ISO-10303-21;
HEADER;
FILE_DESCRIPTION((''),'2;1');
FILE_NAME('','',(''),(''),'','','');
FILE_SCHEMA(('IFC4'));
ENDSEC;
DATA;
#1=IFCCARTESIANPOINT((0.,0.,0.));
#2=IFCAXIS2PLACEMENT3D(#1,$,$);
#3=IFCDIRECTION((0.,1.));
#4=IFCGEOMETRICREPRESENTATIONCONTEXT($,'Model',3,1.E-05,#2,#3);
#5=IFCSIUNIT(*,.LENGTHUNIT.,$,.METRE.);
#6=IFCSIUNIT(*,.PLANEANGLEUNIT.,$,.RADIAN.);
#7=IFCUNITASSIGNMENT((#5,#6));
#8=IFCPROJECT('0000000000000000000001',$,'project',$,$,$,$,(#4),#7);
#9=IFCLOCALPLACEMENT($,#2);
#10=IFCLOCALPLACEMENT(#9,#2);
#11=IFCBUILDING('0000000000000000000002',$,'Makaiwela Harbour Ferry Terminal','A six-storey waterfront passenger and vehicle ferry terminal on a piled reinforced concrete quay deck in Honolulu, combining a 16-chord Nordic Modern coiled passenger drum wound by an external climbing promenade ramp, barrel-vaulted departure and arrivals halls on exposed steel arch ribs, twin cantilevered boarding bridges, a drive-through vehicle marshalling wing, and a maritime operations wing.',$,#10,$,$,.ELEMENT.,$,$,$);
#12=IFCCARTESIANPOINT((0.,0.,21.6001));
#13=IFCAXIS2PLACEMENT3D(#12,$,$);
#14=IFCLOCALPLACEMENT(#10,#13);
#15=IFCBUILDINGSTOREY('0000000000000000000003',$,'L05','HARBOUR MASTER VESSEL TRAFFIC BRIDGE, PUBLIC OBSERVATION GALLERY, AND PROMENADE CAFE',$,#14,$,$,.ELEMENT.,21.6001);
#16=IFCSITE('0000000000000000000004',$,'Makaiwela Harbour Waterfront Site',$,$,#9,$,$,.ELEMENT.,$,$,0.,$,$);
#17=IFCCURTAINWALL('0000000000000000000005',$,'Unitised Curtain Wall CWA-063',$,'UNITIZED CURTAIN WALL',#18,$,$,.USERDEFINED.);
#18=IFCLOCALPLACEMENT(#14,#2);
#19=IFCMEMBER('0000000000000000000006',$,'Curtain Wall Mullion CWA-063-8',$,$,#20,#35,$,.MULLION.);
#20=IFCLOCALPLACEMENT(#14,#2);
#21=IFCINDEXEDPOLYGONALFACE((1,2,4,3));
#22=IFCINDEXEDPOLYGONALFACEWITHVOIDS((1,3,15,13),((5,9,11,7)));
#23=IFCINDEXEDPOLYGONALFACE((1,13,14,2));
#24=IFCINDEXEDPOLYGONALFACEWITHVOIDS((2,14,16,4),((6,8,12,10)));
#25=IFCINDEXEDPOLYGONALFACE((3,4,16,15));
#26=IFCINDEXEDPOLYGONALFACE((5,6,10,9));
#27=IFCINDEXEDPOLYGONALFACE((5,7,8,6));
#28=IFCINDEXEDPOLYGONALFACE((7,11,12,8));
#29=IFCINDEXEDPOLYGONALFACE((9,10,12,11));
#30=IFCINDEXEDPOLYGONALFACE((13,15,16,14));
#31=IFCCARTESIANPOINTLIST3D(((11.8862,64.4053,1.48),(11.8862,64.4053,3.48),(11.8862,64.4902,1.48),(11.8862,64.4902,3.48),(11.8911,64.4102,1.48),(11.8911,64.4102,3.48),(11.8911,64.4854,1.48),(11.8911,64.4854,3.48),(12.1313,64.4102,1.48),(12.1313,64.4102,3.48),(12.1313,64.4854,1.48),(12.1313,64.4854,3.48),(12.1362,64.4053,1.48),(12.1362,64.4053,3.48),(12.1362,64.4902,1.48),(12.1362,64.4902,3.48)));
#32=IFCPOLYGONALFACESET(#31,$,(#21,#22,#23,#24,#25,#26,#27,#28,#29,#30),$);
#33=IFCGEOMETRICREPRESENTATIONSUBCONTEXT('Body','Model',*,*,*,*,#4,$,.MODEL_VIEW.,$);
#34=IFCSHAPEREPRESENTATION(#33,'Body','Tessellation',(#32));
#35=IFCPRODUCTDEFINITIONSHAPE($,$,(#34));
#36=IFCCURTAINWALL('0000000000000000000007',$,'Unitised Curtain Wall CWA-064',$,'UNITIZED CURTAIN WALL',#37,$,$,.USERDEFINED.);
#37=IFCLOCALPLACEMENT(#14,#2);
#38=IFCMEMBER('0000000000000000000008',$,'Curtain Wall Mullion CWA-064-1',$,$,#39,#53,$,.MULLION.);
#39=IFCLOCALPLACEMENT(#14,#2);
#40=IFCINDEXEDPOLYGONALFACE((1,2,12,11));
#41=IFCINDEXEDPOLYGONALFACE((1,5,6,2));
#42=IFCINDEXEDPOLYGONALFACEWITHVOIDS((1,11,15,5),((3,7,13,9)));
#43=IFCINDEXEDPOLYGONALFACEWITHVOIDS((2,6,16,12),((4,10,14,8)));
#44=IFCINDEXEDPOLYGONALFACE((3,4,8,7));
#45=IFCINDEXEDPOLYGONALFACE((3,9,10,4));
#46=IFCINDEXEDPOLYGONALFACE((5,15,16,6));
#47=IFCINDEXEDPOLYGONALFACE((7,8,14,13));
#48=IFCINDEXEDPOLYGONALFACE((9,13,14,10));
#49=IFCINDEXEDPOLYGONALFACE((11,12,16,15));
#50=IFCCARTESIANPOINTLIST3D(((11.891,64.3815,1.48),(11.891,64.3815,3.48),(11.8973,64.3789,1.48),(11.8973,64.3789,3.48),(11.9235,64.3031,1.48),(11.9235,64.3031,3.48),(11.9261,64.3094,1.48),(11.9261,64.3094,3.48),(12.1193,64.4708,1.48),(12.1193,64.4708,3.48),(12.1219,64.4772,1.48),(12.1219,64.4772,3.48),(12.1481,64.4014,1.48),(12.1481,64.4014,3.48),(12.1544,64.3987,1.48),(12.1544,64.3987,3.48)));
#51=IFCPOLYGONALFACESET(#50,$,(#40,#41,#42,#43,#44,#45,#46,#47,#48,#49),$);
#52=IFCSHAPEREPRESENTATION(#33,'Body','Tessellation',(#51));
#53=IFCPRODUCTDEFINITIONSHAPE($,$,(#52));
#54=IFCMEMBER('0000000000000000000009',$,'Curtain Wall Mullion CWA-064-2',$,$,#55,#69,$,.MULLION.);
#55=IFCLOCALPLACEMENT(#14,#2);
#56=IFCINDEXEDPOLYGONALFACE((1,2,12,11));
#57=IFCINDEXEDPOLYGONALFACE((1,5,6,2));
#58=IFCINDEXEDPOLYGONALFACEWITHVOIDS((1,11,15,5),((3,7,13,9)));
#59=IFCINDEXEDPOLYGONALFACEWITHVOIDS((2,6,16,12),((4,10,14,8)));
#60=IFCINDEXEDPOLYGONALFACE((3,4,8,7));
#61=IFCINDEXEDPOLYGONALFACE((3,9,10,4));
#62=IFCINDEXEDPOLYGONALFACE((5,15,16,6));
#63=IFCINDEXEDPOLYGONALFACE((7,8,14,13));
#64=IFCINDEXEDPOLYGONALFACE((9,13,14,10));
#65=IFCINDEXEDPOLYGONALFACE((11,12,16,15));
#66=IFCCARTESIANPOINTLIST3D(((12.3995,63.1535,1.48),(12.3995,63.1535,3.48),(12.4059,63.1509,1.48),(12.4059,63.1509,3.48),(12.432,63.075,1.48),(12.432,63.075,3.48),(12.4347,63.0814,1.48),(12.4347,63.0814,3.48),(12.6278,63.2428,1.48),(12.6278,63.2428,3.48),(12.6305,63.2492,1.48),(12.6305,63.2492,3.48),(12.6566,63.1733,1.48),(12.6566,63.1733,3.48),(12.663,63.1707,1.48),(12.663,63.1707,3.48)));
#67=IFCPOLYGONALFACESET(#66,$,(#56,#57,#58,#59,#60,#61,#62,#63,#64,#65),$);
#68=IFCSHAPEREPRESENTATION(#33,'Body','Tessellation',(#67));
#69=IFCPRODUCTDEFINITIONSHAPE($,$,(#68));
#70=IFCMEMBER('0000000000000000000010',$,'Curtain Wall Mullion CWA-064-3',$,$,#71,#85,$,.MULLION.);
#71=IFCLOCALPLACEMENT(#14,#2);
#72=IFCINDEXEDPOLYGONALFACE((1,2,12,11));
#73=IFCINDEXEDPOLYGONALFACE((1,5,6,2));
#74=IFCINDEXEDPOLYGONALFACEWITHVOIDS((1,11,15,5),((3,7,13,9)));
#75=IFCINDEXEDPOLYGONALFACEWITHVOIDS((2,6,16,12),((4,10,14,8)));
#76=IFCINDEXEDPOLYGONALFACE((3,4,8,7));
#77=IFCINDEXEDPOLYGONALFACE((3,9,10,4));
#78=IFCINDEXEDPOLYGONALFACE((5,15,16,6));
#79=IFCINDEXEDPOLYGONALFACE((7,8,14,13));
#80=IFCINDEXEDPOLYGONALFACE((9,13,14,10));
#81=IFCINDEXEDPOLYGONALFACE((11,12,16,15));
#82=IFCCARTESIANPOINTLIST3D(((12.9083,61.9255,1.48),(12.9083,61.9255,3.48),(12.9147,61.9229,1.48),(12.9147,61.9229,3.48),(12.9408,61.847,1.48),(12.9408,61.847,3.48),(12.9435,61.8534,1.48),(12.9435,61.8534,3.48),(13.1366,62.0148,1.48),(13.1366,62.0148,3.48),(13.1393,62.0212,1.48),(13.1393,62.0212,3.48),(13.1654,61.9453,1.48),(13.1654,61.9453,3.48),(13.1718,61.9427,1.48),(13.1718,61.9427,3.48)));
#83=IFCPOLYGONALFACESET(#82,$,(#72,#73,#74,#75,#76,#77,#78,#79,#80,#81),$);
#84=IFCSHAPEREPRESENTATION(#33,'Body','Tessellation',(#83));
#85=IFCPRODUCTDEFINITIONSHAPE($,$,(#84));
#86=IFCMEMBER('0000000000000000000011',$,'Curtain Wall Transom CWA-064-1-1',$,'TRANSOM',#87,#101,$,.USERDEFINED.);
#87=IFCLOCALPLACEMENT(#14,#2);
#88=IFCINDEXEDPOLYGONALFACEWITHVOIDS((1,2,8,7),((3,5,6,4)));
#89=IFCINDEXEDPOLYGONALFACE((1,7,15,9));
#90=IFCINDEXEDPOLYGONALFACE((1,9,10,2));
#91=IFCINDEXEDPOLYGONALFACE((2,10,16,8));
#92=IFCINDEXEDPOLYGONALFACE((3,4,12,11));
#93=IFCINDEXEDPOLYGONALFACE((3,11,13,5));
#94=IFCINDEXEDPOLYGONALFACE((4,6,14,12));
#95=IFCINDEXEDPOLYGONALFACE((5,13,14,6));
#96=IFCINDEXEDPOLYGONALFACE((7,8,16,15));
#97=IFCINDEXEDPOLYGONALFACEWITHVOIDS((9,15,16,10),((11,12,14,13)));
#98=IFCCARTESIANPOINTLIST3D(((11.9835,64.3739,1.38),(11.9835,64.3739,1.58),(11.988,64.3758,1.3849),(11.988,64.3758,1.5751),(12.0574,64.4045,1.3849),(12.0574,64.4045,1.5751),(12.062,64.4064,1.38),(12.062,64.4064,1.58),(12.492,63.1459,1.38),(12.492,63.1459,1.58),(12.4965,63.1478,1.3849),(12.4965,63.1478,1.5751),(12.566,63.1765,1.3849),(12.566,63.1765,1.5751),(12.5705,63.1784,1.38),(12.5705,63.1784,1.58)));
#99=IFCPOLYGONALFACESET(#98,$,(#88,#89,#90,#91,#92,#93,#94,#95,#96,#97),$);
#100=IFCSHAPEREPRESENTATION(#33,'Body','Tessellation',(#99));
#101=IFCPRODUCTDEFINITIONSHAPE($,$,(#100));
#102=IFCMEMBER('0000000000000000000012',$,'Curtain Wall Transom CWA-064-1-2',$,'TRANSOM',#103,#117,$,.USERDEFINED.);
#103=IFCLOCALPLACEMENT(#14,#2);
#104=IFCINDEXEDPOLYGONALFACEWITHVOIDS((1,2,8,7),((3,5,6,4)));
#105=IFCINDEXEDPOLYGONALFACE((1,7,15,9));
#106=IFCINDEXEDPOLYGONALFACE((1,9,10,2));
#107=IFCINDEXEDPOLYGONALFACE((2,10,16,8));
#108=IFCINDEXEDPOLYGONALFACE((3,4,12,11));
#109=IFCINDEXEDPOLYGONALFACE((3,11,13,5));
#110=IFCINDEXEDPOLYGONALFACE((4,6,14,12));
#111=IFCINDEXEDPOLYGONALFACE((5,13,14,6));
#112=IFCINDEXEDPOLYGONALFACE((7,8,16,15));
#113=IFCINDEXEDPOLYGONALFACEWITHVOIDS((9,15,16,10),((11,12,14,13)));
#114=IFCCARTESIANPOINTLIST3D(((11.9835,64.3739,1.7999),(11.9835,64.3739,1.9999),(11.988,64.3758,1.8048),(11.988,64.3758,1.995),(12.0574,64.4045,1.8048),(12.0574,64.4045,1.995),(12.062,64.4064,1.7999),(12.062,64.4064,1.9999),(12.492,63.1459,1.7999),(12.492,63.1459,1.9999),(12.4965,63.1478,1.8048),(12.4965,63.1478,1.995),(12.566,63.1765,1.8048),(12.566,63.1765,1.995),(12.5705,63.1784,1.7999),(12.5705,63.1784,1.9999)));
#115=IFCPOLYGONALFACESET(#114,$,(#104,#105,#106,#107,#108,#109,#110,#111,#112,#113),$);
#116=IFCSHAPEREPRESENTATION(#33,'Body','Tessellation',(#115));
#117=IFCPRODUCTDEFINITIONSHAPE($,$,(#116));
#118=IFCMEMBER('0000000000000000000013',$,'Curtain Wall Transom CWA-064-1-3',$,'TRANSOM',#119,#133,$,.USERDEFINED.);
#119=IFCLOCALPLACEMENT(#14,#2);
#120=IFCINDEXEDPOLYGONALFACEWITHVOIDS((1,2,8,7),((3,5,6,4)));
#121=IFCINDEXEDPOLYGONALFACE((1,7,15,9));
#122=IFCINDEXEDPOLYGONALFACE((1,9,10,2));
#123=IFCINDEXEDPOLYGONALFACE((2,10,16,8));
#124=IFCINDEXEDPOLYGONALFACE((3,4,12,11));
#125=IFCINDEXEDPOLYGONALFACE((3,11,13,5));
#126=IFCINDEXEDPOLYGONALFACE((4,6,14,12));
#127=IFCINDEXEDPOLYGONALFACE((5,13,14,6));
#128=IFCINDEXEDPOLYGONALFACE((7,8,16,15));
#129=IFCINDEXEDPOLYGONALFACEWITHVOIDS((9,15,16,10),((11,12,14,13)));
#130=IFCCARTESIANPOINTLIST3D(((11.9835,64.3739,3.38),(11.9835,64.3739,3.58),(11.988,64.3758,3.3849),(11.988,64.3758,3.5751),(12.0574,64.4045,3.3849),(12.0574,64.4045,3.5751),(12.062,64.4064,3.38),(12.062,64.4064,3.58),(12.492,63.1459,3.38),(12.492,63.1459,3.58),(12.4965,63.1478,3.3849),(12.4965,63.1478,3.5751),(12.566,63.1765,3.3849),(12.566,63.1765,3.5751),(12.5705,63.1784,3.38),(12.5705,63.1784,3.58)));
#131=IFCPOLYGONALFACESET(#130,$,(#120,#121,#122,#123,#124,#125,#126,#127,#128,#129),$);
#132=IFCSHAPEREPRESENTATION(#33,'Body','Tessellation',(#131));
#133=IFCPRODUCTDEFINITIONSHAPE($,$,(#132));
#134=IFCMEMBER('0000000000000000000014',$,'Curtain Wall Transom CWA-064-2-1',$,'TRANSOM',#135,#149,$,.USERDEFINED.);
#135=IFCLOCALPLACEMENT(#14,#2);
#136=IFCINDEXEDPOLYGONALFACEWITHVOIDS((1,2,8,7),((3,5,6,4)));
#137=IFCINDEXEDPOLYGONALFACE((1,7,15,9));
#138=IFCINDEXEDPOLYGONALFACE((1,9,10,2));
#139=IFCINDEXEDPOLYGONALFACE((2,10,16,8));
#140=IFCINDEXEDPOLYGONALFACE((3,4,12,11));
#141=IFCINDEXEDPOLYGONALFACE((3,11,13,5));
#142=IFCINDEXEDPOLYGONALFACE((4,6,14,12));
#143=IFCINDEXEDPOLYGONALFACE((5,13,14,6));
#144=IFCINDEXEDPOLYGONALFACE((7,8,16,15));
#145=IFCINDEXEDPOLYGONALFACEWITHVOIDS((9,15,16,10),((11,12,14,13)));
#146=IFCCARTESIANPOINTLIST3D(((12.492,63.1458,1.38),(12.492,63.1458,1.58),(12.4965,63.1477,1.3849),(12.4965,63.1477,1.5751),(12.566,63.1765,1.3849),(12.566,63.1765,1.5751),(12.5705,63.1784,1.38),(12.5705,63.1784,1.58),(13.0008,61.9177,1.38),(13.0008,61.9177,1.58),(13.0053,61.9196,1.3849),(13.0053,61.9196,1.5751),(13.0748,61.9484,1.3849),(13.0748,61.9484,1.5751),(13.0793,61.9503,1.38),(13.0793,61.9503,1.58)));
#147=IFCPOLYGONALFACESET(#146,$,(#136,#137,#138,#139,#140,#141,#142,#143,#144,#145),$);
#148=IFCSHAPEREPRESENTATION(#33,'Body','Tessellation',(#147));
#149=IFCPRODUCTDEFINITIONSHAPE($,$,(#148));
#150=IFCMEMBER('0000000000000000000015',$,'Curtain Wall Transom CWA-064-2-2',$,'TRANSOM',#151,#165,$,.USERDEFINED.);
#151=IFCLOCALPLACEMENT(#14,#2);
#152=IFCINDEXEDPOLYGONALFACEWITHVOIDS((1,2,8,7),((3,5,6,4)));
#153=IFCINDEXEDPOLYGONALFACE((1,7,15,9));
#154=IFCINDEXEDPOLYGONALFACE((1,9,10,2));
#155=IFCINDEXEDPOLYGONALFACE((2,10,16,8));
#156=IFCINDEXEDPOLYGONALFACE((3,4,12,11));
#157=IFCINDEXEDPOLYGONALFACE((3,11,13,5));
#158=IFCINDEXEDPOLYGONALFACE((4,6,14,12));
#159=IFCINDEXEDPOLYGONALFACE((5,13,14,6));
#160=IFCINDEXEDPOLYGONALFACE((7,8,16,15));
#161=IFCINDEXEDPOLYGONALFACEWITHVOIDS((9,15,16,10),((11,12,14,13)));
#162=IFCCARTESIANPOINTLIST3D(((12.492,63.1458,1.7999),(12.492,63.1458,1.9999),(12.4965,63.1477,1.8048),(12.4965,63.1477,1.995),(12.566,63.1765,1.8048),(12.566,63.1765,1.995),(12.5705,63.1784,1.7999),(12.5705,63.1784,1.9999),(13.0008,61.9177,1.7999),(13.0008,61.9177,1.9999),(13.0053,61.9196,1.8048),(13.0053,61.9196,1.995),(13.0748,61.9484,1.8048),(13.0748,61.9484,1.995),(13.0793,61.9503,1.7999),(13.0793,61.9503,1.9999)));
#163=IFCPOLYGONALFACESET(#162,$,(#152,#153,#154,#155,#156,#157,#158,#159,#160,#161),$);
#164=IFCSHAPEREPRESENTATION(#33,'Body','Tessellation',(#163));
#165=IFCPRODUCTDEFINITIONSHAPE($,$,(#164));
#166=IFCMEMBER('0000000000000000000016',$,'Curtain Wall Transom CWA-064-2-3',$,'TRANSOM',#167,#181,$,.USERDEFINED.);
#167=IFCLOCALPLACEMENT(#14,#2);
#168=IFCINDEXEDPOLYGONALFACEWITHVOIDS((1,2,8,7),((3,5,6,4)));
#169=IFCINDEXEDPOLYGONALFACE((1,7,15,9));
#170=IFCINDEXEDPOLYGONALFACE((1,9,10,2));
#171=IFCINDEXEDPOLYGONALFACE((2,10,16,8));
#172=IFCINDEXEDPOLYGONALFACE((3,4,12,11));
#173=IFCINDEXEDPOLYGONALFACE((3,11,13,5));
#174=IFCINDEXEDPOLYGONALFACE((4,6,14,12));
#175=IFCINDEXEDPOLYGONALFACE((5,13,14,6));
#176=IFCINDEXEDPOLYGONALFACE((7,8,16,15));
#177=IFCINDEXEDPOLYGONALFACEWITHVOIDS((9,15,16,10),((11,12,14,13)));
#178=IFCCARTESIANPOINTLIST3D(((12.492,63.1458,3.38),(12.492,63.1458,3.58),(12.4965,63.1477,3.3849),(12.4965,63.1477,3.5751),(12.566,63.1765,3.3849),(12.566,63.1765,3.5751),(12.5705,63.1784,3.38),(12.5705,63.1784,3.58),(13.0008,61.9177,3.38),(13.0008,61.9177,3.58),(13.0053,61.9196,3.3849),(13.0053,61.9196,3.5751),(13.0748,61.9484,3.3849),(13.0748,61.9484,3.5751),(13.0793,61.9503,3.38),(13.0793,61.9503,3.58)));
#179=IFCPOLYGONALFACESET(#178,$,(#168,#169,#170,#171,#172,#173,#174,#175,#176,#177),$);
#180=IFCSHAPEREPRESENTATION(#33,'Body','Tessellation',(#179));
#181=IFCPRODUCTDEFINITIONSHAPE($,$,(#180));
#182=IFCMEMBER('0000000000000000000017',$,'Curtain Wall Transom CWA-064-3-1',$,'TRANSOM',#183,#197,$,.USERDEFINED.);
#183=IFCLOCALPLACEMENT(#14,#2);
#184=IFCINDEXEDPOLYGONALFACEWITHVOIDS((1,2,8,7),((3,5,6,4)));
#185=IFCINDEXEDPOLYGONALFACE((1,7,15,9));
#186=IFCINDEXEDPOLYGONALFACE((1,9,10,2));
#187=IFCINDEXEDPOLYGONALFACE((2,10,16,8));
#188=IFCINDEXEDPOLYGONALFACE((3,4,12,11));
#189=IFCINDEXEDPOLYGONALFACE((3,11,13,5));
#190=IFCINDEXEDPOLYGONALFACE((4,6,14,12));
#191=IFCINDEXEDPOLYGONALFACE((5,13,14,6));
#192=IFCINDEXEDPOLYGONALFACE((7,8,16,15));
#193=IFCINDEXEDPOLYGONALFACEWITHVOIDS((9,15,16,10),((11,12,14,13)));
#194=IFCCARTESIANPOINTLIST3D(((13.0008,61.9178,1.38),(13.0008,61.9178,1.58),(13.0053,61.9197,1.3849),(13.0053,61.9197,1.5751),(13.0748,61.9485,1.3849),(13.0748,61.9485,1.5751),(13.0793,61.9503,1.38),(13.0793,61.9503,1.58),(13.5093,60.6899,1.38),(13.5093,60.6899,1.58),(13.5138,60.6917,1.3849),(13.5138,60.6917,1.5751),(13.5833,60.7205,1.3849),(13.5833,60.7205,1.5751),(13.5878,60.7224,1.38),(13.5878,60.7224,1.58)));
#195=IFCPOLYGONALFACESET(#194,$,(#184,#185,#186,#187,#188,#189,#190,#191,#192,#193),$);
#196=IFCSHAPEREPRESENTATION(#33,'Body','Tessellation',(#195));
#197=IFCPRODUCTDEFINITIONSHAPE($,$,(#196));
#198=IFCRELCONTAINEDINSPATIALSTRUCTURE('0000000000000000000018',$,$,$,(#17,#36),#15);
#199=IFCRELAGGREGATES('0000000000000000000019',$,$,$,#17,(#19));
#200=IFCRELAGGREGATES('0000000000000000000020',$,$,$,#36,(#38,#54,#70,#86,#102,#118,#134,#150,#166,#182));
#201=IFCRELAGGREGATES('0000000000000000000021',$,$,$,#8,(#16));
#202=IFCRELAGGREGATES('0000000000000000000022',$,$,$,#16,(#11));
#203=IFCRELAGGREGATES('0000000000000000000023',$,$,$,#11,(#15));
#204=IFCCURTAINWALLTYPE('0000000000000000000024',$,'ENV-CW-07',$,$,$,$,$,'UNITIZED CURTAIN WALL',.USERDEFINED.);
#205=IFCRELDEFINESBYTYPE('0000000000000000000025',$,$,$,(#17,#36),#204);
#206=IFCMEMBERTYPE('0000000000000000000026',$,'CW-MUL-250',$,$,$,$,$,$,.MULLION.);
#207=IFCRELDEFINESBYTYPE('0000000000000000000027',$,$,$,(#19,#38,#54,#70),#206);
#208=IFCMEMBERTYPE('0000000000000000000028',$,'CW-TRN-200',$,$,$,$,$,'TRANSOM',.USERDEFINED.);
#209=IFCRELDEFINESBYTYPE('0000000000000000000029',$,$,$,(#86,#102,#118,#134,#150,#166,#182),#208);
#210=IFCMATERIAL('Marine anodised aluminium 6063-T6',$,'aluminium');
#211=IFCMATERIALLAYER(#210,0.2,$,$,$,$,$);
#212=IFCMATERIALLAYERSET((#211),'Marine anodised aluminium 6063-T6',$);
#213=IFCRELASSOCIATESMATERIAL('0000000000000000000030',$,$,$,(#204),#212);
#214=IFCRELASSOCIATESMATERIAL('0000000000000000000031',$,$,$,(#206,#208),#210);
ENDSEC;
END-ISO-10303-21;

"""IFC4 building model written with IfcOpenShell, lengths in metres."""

from ifc_helpers import new_model, si_unit, direction, frame, origin, origin_2d, place, context, subcontext, project, spatial, hollow_rectangle, extrude, material, layer, layer_set, material_profile, profile_set, type_object, element, aggregate, save


model = new_model("IFC4")

# Units and contexts
model_context = context("Model", 3, precision=1e-05, world=origin(), true_north=direction((0.0, 1.0)))
body_context = subcontext(model_context, "Body", "Model", "MODEL_VIEW")
ifc_project = project(units=[si_unit("LENGTHUNIT", "METRE"), si_unit("PLANEANGLEUNIT", "RADIAN")], contexts=[model_context])

# Site, building, storey
site_placement = place(None, origin())
site = spatial("IfcSite", under=ifc_project, at=site_placement, Name="Makaiwela Harbour Waterfront Site", CompositionType="ELEMENT", RefElevation=0.0)
building_placement = place(site_placement, origin())
building = spatial("IfcBuilding", under=site, at=building_placement, Name="Makaiwela Harbour Ferry Terminal", Description="A six-storey waterfront passenger and vehicle ferry terminal on a piled reinforced concrete quay deck in Honolulu, combining a 16-chord Nordic Modern coiled passenger drum wound by an external climbing promenade ramp, barrel-vaulted departure and arrivals halls on exposed steel arch ribs, twin cantilevered boarding bridges, a drive-through vehicle marshalling wing, and a maritime operations wing.", CompositionType="ELEMENT")
storey_placement = place(building_placement, frame((0.0, 0.0, 21.6001)))
storey = spatial("IfcBuildingStorey", under=building, at=storey_placement, Name="L05", Description="HARBOUR MASTER VESSEL TRAFFIC BRIDGE, PUBLIC OBSERVATION GALLERY, AND PROMENADE CAFE", CompositionType="ELEMENT", Elevation=21.6001)

# Curtain wall, member
ifc_material_1 = material(Name="Marine anodised aluminium 6063-T6", Category="aluminium")
ifc_layer_1 = layer(ifc_material_1, 0.2)
ifc_layer_set_1 = layer_set([ifc_layer_1], Name="Marine anodised aluminium 6063-T6")
curtain_wall_type = type_object("IfcCurtainWallType", Name="ENV-CW-07", ElementType="UNITIZED CURTAIN WALL", PredefinedType="USERDEFINED", material=ifc_layer_set_1)
curtain_wall_1_placement = place(storey_placement, origin())
curtain_wall_1 = element("IfcCurtainWall", 1, at=curtain_wall_1_placement, inside=storey, type_object=curtain_wall_type, Name="Unitised Curtain Wall CWA-063", ObjectType="UNITIZED CURTAIN WALL", PredefinedType="USERDEFINED")
ifc_material_profile_1 = material_profile(ifc_material_1, hollow_rectangle(XDim=0.085, YDim=0.25, WallThickness=0.0049, at=origin_2d()), Name="CWM-250X85")
ifc_profile_set_1 = profile_set([ifc_material_profile_1], Name="Marine anodised aluminium 6063-T6")
member_type_1 = type_object("IfcMemberType", Name="CW-MUL-250", PredefinedType="MULLION", material=ifc_profile_set_1)
member_1_placement = place(storey_placement, frame((12.0112, 64.4478, 1.48), z_axis=(0.0, 0.0, 1.0), x_axis=(0.0, 1.0, 0.0)))
member_1 = element("IfcMember", 2, at=member_1_placement, type_object=member_type_1, Name="Curtain Wall Mullion CWA-063-8", PredefinedType="MULLION", context=body_context, shape_type="SweptSolid", body=[
    extrude(hollow_rectangle(XDim=0.085, YDim=0.25, WallThickness=0.0049, at=origin_2d()), origin(), (0.0, 0.0, 1.0), 2.0),
])

# Curtain wall, members
curtain_wall_2_placement = place(storey_placement, origin())
curtain_wall_2 = element("IfcCurtainWall", 3, at=curtain_wall_2_placement, inside=storey, type_object=curtain_wall_type, Name="Unitised Curtain Wall CWA-064", ObjectType="UNITIZED CURTAIN WALL", PredefinedType="USERDEFINED")
member_2_placement = place(storey_placement, frame((12.0227, 64.3901, 1.48), z_axis=(0.0, 0.0, 1.0), x_axis=(-0.382683, 0.92388, 0.0)))
member_2 = element("IfcMember", 4, at=member_2_placement, type_object=member_type_1, Name="Curtain Wall Mullion CWA-064-1", PredefinedType="MULLION", context=body_context, shape_type="SweptSolid", body=[
    extrude(hollow_rectangle(XDim=0.085, YDim=0.25, WallThickness=0.0049, at=origin_2d()), origin(), (0.0, 0.0, 1.0), 2.0),
])
member_3_placement = place(storey_placement, frame((12.5312, 63.1621, 1.48), z_axis=(0.0, 0.0, 1.0), x_axis=(-0.382683, 0.92388, 0.0)))
member_3 = element("IfcMember", 5, at=member_3_placement, type_object=member_type_1, Name="Curtain Wall Mullion CWA-064-2", PredefinedType="MULLION", context=body_context, shape_type="SweptSolid", body=[
    extrude(hollow_rectangle(XDim=0.085, YDim=0.25, WallThickness=0.0049, at=origin_2d()), origin(), (0.0, 0.0, 1.0), 2.0),
])
member_4_placement = place(storey_placement, frame((13.04, 61.9341, 1.48), z_axis=(0.0, 0.0, 1.0), x_axis=(-0.382683, 0.92388, 0.0)))
member_4 = element("IfcMember", 6, at=member_4_placement, type_object=member_type_1, Name="Curtain Wall Mullion CWA-064-3", PredefinedType="MULLION", context=body_context, shape_type="SweptSolid", body=[
    extrude(hollow_rectangle(XDim=0.085, YDim=0.25, WallThickness=0.0049, at=origin_2d()), origin(), (0.0, 0.0, 1.0), 2.0),
])
ifc_material_profile_2 = material_profile(ifc_material_1, hollow_rectangle(XDim=0.085, YDim=0.2, WallThickness=0.0049, at=origin_2d()), Name="CWT-200X85")
ifc_profile_set_2 = profile_set([ifc_material_profile_2], Name="Marine anodised aluminium 6063-T6")
member_type_2 = type_object("IfcMemberType", Name="CW-TRN-200", ElementType="TRANSOM", PredefinedType="USERDEFINED", material=ifc_profile_set_2)
member_5_placement = place(storey_placement, frame((12.0227, 64.3901, 1.48), z_axis=(0.382606, -0.923912, 0.0), x_axis=(0.923912, 0.382606, 0.0)))
member_5 = element("IfcMember", 7, at=member_5_placement, type_object=member_type_2, Name="Curtain Wall Transom CWA-064-1-1", ObjectType="TRANSOM", PredefinedType="USERDEFINED", context=body_context, shape_type="SweptSolid", body=[
    extrude(hollow_rectangle(XDim=0.085, YDim=0.2, WallThickness=0.0049, at=origin_2d()), origin(), (0.0, 0.0, 1.0), 1.3291),
])
member_6_placement = place(storey_placement, frame((12.0227, 64.3901, 1.8999), z_axis=(0.382606, -0.923912, 0.0), x_axis=(0.923912, 0.382606, 0.0)))
member_6 = element("IfcMember", 8, at=member_6_placement, type_object=member_type_2, Name="Curtain Wall Transom CWA-064-1-2", ObjectType="TRANSOM", PredefinedType="USERDEFINED", context=body_context, shape_type="SweptSolid", body=[
    extrude(hollow_rectangle(XDim=0.085, YDim=0.2, WallThickness=0.0049, at=origin_2d()), origin(), (0.0, 0.0, 1.0), 1.3291),
])
member_7_placement = place(storey_placement, frame((12.0227, 64.3901, 3.48), z_axis=(0.382606, -0.923912, 0.0), x_axis=(0.923912, 0.382606, 0.0)))
member_7 = element("IfcMember", 9, at=member_7_placement, type_object=member_type_2, Name="Curtain Wall Transom CWA-064-1-3", ObjectType="TRANSOM", PredefinedType="USERDEFINED", context=body_context, shape_type="SweptSolid", body=[
    extrude(hollow_rectangle(XDim=0.085, YDim=0.2, WallThickness=0.0049, at=origin_2d()), origin(), (0.0, 0.0, 1.0), 1.3291),
])
member_8_placement = place(storey_placement, frame((12.5312, 63.1621, 1.48), z_axis=(0.382763, -0.923847, 0.0), x_axis=(0.923847, 0.382763, 0.0)))
member_8 = element("IfcMember", 10, at=member_8_placement, type_object=member_type_2, Name="Curtain Wall Transom CWA-064-2-1", ObjectType="TRANSOM", PredefinedType="USERDEFINED", context=body_context, shape_type="SweptSolid", body=[
    extrude(hollow_rectangle(XDim=0.085, YDim=0.2, WallThickness=0.0049, at=origin_2d()), origin(), (0.0, 0.0, 1.0), 1.3293),
])
member_9_placement = place(storey_placement, frame((12.5312, 63.1621, 1.8999), z_axis=(0.382763, -0.923847, 0.0), x_axis=(0.923847, 0.382763, 0.0)))
member_9 = element("IfcMember", 11, at=member_9_placement, type_object=member_type_2, Name="Curtain Wall Transom CWA-064-2-2", ObjectType="TRANSOM", PredefinedType="USERDEFINED", context=body_context, shape_type="SweptSolid", body=[
    extrude(hollow_rectangle(XDim=0.085, YDim=0.2, WallThickness=0.0049, at=origin_2d()), origin(), (0.0, 0.0, 1.0), 1.3293),
])
member_10_placement = place(storey_placement, frame((12.5312, 63.1621, 3.48), z_axis=(0.382763, -0.923847, 0.0), x_axis=(0.923847, 0.382763, 0.0)))
member_10 = element("IfcMember", 12, at=member_10_placement, type_object=member_type_2, Name="Curtain Wall Transom CWA-064-2-3", ObjectType="TRANSOM", PredefinedType="USERDEFINED", context=body_context, shape_type="SweptSolid", body=[
    extrude(hollow_rectangle(XDim=0.085, YDim=0.2, WallThickness=0.0049, at=origin_2d()), origin(), (0.0, 0.0, 1.0), 1.3293),
])
member_11_placement = place(storey_placement, frame((13.04, 61.9341, 1.48), z_axis=(0.382606, -0.923912, 0.0), x_axis=(0.923912, 0.382606, 0.0)))
member_11 = element("IfcMember", 13, at=member_11_placement, type_object=member_type_2, Name="Curtain Wall Transom CWA-064-3-1", ObjectType="TRANSOM", PredefinedType="USERDEFINED", context=body_context, shape_type="SweptSolid", body=[
    extrude(hollow_rectangle(XDim=0.085, YDim=0.2, WallThickness=0.0049, at=origin_2d()), origin(), (0.0, 0.0, 1.0), 1.3291),
])

aggregate(curtain_wall_1, [member_1])
aggregate(curtain_wall_2, [member_2, member_3, member_4, member_5, member_6, member_7, member_8, member_9, member_10, member_11])

save(model, "model.ifc")
